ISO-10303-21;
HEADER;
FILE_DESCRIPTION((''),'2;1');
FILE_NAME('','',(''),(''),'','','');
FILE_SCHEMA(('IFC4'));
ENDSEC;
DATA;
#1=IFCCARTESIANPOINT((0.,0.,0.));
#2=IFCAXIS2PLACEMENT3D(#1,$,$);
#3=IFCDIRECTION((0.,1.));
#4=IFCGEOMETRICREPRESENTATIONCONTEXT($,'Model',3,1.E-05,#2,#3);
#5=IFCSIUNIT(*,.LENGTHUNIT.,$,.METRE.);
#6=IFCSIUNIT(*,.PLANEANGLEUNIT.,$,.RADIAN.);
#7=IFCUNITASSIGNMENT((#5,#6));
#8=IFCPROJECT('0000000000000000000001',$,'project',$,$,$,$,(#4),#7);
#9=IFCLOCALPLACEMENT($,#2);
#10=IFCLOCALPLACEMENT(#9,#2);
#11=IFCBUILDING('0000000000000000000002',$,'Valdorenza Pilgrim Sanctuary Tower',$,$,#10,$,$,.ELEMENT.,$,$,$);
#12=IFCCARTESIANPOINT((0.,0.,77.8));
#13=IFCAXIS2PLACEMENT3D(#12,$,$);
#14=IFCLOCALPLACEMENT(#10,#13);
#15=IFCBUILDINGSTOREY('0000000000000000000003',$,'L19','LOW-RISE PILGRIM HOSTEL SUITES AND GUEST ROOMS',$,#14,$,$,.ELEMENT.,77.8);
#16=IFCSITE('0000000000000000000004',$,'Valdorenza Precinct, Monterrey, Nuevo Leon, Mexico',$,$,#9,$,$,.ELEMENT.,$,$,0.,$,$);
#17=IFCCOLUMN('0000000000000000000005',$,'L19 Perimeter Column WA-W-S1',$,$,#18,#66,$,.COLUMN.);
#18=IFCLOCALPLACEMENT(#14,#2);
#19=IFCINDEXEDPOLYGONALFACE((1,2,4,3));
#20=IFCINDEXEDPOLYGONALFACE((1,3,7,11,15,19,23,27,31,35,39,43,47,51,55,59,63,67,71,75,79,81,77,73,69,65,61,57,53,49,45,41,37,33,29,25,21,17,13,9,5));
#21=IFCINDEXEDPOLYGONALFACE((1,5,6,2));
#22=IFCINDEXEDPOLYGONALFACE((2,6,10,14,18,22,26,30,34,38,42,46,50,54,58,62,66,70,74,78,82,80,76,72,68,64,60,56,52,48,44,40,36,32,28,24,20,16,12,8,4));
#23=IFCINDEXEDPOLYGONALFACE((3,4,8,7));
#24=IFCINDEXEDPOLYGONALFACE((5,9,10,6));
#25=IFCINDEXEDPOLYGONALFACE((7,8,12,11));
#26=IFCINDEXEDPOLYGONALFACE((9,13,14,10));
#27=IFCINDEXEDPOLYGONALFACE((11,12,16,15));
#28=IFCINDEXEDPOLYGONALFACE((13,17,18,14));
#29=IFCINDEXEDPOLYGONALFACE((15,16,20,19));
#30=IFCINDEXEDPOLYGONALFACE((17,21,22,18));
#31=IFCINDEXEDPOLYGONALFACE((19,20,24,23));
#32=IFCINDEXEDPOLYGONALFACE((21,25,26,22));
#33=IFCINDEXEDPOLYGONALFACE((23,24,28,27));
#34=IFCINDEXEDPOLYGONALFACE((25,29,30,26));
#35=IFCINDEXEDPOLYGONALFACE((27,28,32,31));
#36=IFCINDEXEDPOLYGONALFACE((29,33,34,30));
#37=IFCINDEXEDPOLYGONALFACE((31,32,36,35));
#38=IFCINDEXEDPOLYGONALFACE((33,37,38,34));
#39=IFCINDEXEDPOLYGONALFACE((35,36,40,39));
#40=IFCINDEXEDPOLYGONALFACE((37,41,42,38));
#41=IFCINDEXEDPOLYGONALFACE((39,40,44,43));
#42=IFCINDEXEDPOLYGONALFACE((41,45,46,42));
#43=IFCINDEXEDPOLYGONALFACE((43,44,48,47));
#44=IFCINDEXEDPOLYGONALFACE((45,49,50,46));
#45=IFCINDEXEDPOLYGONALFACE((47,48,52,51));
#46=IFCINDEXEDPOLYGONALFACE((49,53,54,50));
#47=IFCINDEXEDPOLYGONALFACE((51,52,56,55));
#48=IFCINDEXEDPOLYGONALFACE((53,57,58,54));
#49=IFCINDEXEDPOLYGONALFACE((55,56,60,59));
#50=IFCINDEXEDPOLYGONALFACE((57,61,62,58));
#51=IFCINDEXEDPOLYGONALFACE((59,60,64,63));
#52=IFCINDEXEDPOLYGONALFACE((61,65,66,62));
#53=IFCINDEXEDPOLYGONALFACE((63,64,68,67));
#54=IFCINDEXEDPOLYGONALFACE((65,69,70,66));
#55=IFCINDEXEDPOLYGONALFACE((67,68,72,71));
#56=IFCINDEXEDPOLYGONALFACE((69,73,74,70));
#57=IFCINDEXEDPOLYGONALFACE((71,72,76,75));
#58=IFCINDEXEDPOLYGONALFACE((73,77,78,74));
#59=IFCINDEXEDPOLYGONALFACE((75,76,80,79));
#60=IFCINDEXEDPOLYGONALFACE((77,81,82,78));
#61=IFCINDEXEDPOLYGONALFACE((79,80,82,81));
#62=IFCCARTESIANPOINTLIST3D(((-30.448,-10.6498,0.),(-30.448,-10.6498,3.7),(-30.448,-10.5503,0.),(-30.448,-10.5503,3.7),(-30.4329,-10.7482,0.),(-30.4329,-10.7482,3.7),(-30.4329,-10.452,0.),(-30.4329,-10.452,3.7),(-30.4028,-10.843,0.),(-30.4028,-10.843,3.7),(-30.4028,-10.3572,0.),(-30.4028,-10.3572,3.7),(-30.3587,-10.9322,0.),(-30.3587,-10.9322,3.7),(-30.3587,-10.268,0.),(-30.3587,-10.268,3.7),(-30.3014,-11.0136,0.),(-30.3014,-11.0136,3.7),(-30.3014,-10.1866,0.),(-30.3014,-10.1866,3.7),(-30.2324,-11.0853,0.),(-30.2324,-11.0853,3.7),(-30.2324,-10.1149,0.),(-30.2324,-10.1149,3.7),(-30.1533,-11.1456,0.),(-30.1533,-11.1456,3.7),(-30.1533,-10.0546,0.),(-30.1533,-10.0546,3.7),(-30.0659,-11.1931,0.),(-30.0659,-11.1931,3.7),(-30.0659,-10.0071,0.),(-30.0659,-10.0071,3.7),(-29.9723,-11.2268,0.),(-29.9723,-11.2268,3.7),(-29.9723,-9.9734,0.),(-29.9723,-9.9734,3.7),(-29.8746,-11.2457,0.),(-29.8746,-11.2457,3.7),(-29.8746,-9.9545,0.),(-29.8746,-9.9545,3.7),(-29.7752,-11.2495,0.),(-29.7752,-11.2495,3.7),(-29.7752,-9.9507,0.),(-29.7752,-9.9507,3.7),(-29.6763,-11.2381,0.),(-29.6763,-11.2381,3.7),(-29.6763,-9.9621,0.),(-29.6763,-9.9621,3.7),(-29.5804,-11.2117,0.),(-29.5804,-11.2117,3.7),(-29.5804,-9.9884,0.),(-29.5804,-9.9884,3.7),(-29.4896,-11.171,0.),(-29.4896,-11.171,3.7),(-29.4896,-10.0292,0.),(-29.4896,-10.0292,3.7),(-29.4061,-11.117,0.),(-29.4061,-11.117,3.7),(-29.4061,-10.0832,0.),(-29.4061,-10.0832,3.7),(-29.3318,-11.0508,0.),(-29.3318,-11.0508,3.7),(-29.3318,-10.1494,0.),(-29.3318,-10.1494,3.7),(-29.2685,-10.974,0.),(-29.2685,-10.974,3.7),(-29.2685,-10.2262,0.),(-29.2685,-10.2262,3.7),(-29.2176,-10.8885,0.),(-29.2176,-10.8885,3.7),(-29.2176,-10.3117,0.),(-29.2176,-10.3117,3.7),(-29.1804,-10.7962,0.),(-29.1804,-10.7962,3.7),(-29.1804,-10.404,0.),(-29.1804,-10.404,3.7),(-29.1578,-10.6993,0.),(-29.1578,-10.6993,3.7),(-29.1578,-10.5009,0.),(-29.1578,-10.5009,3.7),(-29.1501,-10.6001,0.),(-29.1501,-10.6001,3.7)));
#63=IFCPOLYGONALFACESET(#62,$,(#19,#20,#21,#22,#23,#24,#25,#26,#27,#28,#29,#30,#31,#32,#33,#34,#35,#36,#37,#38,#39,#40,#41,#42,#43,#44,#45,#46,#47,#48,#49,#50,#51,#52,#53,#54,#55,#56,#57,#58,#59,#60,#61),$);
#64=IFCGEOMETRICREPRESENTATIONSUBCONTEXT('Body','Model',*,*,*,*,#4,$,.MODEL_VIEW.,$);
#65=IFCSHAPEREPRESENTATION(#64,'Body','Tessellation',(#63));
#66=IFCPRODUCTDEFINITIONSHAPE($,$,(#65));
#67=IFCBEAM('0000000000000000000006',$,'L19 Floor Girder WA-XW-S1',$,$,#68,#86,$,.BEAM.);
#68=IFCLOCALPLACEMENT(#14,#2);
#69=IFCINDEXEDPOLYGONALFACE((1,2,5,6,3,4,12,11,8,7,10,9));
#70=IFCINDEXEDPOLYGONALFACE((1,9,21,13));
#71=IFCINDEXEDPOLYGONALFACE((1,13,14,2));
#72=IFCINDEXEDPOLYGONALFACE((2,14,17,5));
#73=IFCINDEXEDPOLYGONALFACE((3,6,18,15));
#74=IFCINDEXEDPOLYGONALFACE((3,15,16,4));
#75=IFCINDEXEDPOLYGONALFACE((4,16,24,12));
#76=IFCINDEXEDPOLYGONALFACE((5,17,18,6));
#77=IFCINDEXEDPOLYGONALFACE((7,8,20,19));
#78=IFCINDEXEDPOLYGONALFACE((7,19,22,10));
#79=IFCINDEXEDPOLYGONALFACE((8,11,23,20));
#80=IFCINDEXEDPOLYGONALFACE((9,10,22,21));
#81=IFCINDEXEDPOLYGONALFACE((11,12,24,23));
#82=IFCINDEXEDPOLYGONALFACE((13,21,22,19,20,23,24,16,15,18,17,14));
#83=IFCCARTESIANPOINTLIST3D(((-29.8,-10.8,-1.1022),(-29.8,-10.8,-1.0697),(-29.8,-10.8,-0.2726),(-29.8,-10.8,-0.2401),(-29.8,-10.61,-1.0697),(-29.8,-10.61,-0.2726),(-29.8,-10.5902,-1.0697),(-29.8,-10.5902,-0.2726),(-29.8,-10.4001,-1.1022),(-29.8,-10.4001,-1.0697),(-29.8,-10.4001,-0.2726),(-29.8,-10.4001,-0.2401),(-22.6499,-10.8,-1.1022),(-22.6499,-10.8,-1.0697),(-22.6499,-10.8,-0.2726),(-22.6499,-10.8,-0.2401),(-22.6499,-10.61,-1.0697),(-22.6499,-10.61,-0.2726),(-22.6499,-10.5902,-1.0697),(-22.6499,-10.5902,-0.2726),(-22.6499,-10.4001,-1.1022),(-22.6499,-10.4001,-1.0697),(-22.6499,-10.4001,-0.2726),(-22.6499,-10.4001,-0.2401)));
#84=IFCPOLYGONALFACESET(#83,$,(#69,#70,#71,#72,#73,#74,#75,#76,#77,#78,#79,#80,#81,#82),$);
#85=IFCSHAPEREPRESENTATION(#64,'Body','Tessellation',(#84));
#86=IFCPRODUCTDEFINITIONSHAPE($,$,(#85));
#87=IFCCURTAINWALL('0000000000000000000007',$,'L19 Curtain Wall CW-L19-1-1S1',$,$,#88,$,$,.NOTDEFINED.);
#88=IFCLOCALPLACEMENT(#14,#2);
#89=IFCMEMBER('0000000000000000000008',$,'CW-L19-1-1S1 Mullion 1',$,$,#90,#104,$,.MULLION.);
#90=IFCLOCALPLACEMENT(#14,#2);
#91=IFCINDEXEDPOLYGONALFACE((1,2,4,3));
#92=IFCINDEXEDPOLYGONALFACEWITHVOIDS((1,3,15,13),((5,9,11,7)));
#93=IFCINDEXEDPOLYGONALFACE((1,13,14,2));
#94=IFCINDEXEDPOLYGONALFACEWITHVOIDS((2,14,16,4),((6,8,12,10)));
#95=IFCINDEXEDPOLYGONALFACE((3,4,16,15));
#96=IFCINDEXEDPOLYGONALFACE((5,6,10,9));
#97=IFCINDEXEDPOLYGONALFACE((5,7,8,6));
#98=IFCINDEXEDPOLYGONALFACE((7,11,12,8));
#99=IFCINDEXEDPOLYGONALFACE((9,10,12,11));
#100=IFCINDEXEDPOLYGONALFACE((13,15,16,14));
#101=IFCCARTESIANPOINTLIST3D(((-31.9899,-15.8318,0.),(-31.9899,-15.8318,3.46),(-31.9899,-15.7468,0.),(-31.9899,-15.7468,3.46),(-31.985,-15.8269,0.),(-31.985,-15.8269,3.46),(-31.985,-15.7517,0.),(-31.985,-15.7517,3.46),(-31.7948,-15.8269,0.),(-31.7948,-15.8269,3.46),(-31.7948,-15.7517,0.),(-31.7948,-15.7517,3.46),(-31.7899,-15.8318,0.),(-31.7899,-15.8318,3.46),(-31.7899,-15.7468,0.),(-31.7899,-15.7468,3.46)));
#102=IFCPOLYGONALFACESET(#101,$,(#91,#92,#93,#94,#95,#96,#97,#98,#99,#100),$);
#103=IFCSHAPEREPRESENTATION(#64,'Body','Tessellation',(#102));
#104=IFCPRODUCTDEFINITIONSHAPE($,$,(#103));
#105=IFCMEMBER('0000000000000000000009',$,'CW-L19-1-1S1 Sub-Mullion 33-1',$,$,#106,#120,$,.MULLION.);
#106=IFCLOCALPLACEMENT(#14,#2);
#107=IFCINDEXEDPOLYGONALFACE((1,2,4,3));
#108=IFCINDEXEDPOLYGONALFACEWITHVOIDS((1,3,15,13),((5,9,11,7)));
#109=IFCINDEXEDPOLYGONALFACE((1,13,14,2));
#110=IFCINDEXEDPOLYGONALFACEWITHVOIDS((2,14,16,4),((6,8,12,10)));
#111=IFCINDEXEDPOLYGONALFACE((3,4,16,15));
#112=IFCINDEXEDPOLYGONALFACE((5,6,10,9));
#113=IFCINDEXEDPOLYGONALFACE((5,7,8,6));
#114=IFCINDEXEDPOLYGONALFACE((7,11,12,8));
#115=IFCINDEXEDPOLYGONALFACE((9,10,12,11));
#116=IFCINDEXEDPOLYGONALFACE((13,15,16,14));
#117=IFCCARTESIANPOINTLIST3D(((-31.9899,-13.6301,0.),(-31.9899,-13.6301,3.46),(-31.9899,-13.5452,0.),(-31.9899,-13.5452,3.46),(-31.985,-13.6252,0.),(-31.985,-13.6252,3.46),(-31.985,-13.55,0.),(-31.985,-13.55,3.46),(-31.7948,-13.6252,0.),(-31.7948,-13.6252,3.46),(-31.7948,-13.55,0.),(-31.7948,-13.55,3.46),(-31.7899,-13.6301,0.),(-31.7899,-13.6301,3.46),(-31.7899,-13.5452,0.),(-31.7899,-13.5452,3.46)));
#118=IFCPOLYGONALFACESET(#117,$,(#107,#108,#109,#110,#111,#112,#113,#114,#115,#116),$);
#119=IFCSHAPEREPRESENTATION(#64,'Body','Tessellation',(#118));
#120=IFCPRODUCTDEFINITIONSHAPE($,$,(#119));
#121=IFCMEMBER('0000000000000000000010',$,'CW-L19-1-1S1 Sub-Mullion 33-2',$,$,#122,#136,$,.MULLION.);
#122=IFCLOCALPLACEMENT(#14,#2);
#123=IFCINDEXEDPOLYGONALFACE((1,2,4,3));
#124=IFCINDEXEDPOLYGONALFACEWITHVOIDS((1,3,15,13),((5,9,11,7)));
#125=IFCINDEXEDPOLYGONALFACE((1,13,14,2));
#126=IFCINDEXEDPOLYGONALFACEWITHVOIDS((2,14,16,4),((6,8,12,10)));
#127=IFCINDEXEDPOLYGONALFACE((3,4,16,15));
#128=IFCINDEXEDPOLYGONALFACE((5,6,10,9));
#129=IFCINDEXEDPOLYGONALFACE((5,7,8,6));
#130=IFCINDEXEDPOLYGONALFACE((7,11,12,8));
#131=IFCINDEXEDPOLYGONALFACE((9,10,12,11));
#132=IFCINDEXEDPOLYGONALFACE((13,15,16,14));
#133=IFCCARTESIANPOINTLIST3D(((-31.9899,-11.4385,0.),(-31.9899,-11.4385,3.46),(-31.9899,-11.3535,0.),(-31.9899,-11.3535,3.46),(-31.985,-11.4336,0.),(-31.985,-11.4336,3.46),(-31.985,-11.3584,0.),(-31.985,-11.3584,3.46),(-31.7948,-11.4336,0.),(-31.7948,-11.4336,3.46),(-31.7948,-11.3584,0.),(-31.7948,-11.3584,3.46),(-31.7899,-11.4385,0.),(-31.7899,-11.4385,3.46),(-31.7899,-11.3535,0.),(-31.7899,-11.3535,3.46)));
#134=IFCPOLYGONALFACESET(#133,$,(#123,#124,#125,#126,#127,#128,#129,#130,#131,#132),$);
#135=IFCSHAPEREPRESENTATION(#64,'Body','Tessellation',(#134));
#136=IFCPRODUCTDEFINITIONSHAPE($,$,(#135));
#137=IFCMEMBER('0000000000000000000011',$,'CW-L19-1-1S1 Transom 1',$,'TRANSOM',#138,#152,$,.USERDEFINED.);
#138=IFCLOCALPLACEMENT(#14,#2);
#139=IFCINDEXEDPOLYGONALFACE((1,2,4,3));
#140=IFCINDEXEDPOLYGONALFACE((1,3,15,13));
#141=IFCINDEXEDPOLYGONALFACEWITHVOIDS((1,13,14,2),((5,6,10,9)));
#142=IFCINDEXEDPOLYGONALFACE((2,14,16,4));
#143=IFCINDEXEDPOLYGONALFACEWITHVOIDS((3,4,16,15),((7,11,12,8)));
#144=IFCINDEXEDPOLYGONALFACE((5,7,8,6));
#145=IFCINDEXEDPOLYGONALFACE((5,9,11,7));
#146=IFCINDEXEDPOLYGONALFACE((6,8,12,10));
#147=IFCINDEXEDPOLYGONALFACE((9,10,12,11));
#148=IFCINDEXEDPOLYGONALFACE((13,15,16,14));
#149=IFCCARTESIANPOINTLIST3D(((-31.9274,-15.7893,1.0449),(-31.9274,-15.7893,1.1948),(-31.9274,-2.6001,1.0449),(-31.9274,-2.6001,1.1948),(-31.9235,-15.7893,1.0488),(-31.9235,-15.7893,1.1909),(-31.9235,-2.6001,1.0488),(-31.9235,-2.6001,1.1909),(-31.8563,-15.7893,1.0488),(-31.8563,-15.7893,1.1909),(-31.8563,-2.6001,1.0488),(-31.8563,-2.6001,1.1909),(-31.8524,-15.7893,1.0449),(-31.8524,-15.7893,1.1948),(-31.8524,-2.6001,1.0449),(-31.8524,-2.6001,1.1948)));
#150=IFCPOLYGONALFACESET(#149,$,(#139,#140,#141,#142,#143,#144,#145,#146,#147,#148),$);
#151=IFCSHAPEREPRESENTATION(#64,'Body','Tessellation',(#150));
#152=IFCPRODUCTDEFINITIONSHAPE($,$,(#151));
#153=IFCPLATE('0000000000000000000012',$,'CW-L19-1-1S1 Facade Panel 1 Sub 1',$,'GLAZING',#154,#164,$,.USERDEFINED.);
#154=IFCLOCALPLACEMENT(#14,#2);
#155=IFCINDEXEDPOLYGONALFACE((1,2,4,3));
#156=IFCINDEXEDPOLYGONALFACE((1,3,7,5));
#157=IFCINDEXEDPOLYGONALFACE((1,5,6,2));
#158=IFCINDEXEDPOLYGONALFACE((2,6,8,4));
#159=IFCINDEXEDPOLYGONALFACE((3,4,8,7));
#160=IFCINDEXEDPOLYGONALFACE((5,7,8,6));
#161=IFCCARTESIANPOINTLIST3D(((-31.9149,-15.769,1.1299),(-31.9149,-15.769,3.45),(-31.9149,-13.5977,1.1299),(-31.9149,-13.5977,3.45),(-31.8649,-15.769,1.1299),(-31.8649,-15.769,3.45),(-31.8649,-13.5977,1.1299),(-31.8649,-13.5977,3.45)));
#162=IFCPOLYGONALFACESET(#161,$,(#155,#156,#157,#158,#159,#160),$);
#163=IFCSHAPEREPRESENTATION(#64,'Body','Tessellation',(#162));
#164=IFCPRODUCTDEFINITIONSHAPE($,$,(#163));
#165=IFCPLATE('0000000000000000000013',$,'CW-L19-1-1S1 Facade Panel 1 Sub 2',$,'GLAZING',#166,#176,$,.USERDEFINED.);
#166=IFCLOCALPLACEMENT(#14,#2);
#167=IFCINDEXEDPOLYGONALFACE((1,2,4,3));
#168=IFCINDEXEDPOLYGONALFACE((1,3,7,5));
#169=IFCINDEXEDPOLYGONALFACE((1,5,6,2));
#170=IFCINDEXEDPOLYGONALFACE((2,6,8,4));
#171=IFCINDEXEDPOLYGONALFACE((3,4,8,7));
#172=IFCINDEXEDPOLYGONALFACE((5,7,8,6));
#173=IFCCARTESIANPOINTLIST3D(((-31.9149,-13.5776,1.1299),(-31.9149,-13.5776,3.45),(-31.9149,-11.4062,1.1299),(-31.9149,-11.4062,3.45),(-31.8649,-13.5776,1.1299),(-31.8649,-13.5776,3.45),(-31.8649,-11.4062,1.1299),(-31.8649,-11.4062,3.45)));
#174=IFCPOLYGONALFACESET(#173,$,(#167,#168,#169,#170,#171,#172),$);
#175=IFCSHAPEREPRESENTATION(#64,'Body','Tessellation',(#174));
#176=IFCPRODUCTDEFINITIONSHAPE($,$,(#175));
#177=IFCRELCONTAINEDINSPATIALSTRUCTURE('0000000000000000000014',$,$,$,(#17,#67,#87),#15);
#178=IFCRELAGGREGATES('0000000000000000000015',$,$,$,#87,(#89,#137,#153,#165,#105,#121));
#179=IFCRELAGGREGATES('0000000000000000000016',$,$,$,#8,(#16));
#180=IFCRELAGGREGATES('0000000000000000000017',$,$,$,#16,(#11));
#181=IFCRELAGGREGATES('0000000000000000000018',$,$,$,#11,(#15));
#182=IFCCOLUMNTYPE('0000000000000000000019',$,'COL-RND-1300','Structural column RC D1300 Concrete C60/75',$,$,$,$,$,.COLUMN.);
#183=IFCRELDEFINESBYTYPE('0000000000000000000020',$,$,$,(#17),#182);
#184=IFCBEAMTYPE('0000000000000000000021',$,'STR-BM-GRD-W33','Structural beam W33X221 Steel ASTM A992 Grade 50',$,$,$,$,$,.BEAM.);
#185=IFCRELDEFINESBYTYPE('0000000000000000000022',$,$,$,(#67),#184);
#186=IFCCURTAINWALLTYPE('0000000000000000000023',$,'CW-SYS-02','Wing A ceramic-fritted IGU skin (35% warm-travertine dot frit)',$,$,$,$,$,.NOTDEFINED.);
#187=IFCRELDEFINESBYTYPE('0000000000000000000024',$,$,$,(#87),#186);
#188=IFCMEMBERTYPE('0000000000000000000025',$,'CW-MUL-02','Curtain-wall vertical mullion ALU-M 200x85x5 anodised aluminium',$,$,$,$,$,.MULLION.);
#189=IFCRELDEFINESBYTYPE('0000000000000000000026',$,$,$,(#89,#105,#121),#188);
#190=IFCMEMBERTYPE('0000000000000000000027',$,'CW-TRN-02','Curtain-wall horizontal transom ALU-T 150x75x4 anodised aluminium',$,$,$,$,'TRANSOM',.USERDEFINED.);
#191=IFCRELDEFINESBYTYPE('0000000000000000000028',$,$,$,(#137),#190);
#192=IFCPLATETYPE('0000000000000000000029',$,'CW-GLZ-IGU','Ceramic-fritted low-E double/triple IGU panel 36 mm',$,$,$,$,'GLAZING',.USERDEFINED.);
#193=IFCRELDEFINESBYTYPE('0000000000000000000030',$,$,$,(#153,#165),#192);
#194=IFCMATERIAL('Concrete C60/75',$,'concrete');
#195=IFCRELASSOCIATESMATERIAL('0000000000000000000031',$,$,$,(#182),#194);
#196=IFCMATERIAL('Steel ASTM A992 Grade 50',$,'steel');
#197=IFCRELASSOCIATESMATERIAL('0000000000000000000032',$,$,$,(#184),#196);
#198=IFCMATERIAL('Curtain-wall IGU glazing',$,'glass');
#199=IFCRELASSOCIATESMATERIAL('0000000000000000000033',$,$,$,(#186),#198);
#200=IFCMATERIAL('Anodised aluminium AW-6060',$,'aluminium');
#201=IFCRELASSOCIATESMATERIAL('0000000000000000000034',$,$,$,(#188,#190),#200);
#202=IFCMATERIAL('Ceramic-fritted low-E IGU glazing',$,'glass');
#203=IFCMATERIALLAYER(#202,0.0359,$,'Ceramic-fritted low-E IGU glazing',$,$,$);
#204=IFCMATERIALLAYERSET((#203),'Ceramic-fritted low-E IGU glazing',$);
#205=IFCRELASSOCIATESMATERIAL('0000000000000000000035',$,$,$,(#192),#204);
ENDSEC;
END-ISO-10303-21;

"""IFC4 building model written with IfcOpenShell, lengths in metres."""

from ifc_helpers import new_model, si_unit, direction, frame, origin, origin_2d, place, context, subcontext, project, spatial, rectangle, hollow_rectangle, circle, i_section, extrude, source, transform, mapped, material, layer, layer_set, material_profile, profile_set, type_object, element, aggregate, save


model = new_model("IFC4")

# Units and contexts
model_context = context("Model", 3, precision=1e-05, world=origin(), true_north=direction((0.0, 1.0)))
body_context = subcontext(model_context, "Body", "Model", "MODEL_VIEW")
ifc_project = project(units=[si_unit("LENGTHUNIT", "METRE"), si_unit("PLANEANGLEUNIT", "RADIAN")], contexts=[model_context])

# Site, building, storey
site_placement = place(None, origin())
site = spatial("IfcSite", under=ifc_project, at=site_placement, Name="Valdorenza Precinct, Monterrey, Nuevo Leon, Mexico", CompositionType="ELEMENT", RefElevation=0.0)
building_placement = place(site_placement, origin())
building = spatial("IfcBuilding", under=site, at=building_placement, Name="Valdorenza Pilgrim Sanctuary Tower", CompositionType="ELEMENT")
storey_placement = place(building_placement, frame((0.0, 0.0, 77.8)))
storey = spatial("IfcBuildingStorey", under=building, at=storey_placement, Name="L19", Description="LOW-RISE PILGRIM HOSTEL SUITES AND GUEST ROOMS", CompositionType="ELEMENT", Elevation=77.8)

# Column
ifc_material_1 = material(Name="Concrete C60/75", Category="concrete")
ifc_material_profile_1 = material_profile(ifc_material_1, circle(Radius=0.6499, at=origin_2d()), Name="RC D1300")
ifc_profile_set_1 = profile_set([ifc_material_profile_1], Name="Concrete C60/75")
column_type = type_object("IfcColumnType", Name="COL-RND-1300", Description="Structural column RC D1300 Concrete C60/75", PredefinedType="COLUMN", material=ifc_profile_set_1)
shared_shape_1 = source(origin(), body_context, "Body", "SweptSolid", [
    extrude(circle(Radius=0.6499, at=origin_2d()), origin(), (0.0, 0.0, 1.0), 3.7),
])
column_placement = place(storey_placement, frame((-29.8, -10.6001, 0.0), z_axis=(0.0, 0.0, 1.0), x_axis=(1.0, 0.0, 0.0)))
element("IfcColumn", 1, at=column_placement, inside=storey, type_object=column_type, Name="L19 Perimeter Column WA-W-S1", PredefinedType="COLUMN", context=body_context, shape_type="MappedRepresentation", body=[
    mapped(shared_shape_1, transform((0.0, 0.0, 0.0), x_axis=(1.0, 0.0, 0.0), y_axis=(0.0, 1.0, 0.0), z_axis=(0.0, 0.0, 1.0), scale=1.0)),
])

# Beam
ifc_material_2 = material(Name="Steel ASTM A992 Grade 50", Category="steel")
ifc_material_profile_2 = material_profile(ifc_material_2, i_section(OverallWidth=0.3999, OverallDepth=0.8621, WebThickness=0.0198, FlangeThickness=0.0325, at=origin_2d()), Name="W33X221")
ifc_profile_set_2 = profile_set([ifc_material_profile_2], Name="Steel ASTM A992 Grade 50")
beam_type = type_object("IfcBeamType", Name="STR-BM-GRD-W33", Description="Structural beam W33X221 Steel ASTM A992 Grade 50", PredefinedType="BEAM", material=ifc_profile_set_2)
shared_shape_2 = source(origin(), body_context, "Body", "SweptSolid", [
    extrude(i_section(OverallWidth=0.3999, OverallDepth=0.8621, WebThickness=0.0198, FlangeThickness=0.0325, at=origin_2d()), origin(), (0.0, 0.0, 1.0), 7.1501),
])
beam_placement = place(storey_placement, frame((-29.8, -10.6001, -0.6711), z_axis=(1.0, 0.0, 0.0), x_axis=(0.0, 1.0, 0.0)))
element("IfcBeam", 2, at=beam_placement, inside=storey, type_object=beam_type, Name="L19 Floor Girder WA-XW-S1", PredefinedType="BEAM", context=body_context, shape_type="MappedRepresentation", body=[
    mapped(shared_shape_2, transform((0.0, 0.0, 0.0), x_axis=(1.0, 0.0, 0.0), y_axis=(0.0, 1.0, 0.0), z_axis=(0.0, 0.0, 1.0), scale=1.0)),
])

# Curtain wall, members, plates
ifc_material_3 = material(Name="Curtain-wall IGU glazing", Category="glass")
curtain_wall_type = type_object("IfcCurtainWallType", Name="CW-SYS-02", Description="Wing A ceramic-fritted IGU skin (35% warm-travertine dot frit)", PredefinedType="NOTDEFINED", material=ifc_material_3)
curtain_wall_placement = place(storey_placement, origin())
curtain_wall = element("IfcCurtainWall", 3, at=curtain_wall_placement, inside=storey, type_object=curtain_wall_type, Name="L19 Curtain Wall CW-L19-1-1S1", PredefinedType="NOTDEFINED")
ifc_material_4 = material(Name="Anodised aluminium AW-6060", Category="aluminium")
ifc_material_profile_3 = material_profile(ifc_material_4, hollow_rectangle(XDim=0.085, YDim=0.2, WallThickness=0.0049, at=origin_2d()), Name="ALU-M 200x85x5")
ifc_profile_set_3 = profile_set([ifc_material_profile_3], Name="Anodised aluminium AW-6060")
member_type_1 = type_object("IfcMemberType", Name="CW-MUL-02", Description="Curtain-wall vertical mullion ALU-M 200x85x5 anodised aluminium", PredefinedType="MULLION", material=ifc_profile_set_3)
shared_shape_3 = source(origin(), body_context, "Body", "SweptSolid", [
    extrude(hollow_rectangle(XDim=0.085, YDim=0.2, WallThickness=0.0049, at=origin_2d()), origin(), (0.0, 0.0, 1.0), 3.46),
])
member_1_placement = place(storey_placement, frame((-31.8899, -15.7893, 0.0), z_axis=(0.0, 0.0, 1.0), x_axis=(0.0, 1.0, 0.0)))
member_1 = element("IfcMember", 4, at=member_1_placement, type_object=member_type_1, Name="CW-L19-1-1S1 Mullion 1", PredefinedType="MULLION", context=body_context, shape_type="MappedRepresentation", body=[
    mapped(shared_shape_3, transform((0.0, 0.0, 0.0), x_axis=(1.0, 0.0, 0.0), y_axis=(0.0, 1.0, 0.0), z_axis=(0.0, 0.0, 1.0), scale=1.0)),
])
member_2_placement = place(storey_placement, frame((-31.8899, -13.5876, 0.0), z_axis=(0.0, 0.0, 1.0), x_axis=(0.0, 1.0, 0.0)))
member_2 = element("IfcMember", 5, at=member_2_placement, type_object=member_type_1, Name="CW-L19-1-1S1 Sub-Mullion 33-1", PredefinedType="MULLION", context=body_context, shape_type="MappedRepresentation", body=[
    mapped(shared_shape_3, transform((0.0, 0.0, 0.0), x_axis=(1.0, 0.0, 0.0), y_axis=(0.0, 1.0, 0.0), z_axis=(0.0, 0.0, 1.0), scale=1.0)),
])
member_3_placement = place(storey_placement, frame((-31.8899, -11.396, 0.0), z_axis=(0.0, 0.0, 1.0), x_axis=(0.0, 1.0, 0.0)))
member_3 = element("IfcMember", 6, at=member_3_placement, type_object=member_type_1, Name="CW-L19-1-1S1 Sub-Mullion 33-2", PredefinedType="MULLION", context=body_context, shape_type="MappedRepresentation", body=[
    mapped(shared_shape_3, transform((0.0, 0.0, 0.0), x_axis=(1.0, 0.0, 0.0), y_axis=(0.0, 1.0, 0.0), z_axis=(0.0, 0.0, 1.0), scale=1.0)),
])
ifc_material_profile_4 = material_profile(ifc_material_4, hollow_rectangle(XDim=0.075, YDim=0.1499, WallThickness=0.0039, at=origin_2d()), Name="ALU-T 150x75x4")
ifc_profile_set_4 = profile_set([ifc_material_profile_4], Name="Anodised aluminium AW-6060")
member_type_2 = type_object("IfcMemberType", Name="CW-TRN-02", Description="Curtain-wall horizontal transom ALU-T 150x75x4 anodised aluminium", ElementType="TRANSOM", PredefinedType="USERDEFINED", material=ifc_profile_set_4)
shared_shape_4 = source(origin(), body_context, "Body", "SweptSolid", [
    extrude(hollow_rectangle(XDim=0.075, YDim=0.1499, WallThickness=0.0039, at=origin_2d()), origin(), (0.0, 0.0, 1.0), 13.1892),
])
member_4_placement = place(storey_placement, frame((-31.8899, -15.7893, 1.1199), z_axis=(0.0, 1.0, 0.0), x_axis=(-1.0, 0.0, 0.0)))
member_4 = element("IfcMember", 7, at=member_4_placement, type_object=member_type_2, Name="CW-L19-1-1S1 Transom 1", ObjectType="TRANSOM", PredefinedType="USERDEFINED", context=body_context, shape_type="MappedRepresentation", body=[
    mapped(shared_shape_4, transform((0.0, 0.0, 0.0), x_axis=(1.0, 0.0, 0.0), y_axis=(0.0, 1.0, 0.0), z_axis=(0.0, 0.0, 1.0), scale=1.0)),
])
ifc_material_5 = material(Name="Ceramic-fritted low-E IGU glazing", Category="glass")
ifc_layer_1 = layer(ifc_material_5, 0.0359, Name="Ceramic-fritted low-E IGU glazing")
ifc_layer_set_1 = layer_set([ifc_layer_1], Name="Ceramic-fritted low-E IGU glazing")
plate_type_1 = type_object("IfcPlateType", Name="CW-GLZ-IGU", Description="Ceramic-fritted low-E double/triple IGU panel 36 mm", ElementType="GLAZING", PredefinedType="USERDEFINED", material=ifc_layer_set_1)
shared_shape_5 = source(origin(), body_context, "Body", "SweptSolid", [
    extrude(rectangle(XDim=2.1714, YDim=0.05, at=origin_2d()), origin(), (0.0, 0.0, 1.0), 2.3201),
])
plate_1_placement = place(storey_placement, frame((-31.8899, -14.6833, 1.1299), z_axis=(0.0, 0.0, 1.0), x_axis=(0.0, 1.0, 0.0)))
plate_1 = element("IfcPlate", 8, at=plate_1_placement, type_object=plate_type_1, Name="CW-L19-1-1S1 Facade Panel 1 Sub 1", ObjectType="GLAZING", PredefinedType="USERDEFINED", context=body_context, shape_type="MappedRepresentation", body=[
    mapped(shared_shape_5, transform((0.0, 0.0, 0.0), x_axis=(1.0, 0.0, 0.0), y_axis=(0.0, 1.0, 0.0), z_axis=(0.0, 0.0, 1.0), scale=1.0)),
])
plate_2_placement = place(storey_placement, frame((-31.8899, -12.4919, 1.1299), z_axis=(0.0, 0.0, 1.0), x_axis=(0.0, 1.0, 0.0)))
plate_2 = element("IfcPlate", 9, at=plate_2_placement, type_object=plate_type_1, Name="CW-L19-1-1S1 Facade Panel 1 Sub 2", ObjectType="GLAZING", PredefinedType="USERDEFINED", context=body_context, shape_type="MappedRepresentation", body=[
    mapped(shared_shape_5, transform((0.0, 0.0, 0.0), x_axis=(1.0, 0.0, 0.0), y_axis=(0.0, 1.0, 0.0), z_axis=(0.0, 0.0, 1.0), scale=1.0)),
])
aggregate(curtain_wall, [member_1, member_4, plate_1, plate_2, member_2, member_3])

save(model, "model.ifc")
